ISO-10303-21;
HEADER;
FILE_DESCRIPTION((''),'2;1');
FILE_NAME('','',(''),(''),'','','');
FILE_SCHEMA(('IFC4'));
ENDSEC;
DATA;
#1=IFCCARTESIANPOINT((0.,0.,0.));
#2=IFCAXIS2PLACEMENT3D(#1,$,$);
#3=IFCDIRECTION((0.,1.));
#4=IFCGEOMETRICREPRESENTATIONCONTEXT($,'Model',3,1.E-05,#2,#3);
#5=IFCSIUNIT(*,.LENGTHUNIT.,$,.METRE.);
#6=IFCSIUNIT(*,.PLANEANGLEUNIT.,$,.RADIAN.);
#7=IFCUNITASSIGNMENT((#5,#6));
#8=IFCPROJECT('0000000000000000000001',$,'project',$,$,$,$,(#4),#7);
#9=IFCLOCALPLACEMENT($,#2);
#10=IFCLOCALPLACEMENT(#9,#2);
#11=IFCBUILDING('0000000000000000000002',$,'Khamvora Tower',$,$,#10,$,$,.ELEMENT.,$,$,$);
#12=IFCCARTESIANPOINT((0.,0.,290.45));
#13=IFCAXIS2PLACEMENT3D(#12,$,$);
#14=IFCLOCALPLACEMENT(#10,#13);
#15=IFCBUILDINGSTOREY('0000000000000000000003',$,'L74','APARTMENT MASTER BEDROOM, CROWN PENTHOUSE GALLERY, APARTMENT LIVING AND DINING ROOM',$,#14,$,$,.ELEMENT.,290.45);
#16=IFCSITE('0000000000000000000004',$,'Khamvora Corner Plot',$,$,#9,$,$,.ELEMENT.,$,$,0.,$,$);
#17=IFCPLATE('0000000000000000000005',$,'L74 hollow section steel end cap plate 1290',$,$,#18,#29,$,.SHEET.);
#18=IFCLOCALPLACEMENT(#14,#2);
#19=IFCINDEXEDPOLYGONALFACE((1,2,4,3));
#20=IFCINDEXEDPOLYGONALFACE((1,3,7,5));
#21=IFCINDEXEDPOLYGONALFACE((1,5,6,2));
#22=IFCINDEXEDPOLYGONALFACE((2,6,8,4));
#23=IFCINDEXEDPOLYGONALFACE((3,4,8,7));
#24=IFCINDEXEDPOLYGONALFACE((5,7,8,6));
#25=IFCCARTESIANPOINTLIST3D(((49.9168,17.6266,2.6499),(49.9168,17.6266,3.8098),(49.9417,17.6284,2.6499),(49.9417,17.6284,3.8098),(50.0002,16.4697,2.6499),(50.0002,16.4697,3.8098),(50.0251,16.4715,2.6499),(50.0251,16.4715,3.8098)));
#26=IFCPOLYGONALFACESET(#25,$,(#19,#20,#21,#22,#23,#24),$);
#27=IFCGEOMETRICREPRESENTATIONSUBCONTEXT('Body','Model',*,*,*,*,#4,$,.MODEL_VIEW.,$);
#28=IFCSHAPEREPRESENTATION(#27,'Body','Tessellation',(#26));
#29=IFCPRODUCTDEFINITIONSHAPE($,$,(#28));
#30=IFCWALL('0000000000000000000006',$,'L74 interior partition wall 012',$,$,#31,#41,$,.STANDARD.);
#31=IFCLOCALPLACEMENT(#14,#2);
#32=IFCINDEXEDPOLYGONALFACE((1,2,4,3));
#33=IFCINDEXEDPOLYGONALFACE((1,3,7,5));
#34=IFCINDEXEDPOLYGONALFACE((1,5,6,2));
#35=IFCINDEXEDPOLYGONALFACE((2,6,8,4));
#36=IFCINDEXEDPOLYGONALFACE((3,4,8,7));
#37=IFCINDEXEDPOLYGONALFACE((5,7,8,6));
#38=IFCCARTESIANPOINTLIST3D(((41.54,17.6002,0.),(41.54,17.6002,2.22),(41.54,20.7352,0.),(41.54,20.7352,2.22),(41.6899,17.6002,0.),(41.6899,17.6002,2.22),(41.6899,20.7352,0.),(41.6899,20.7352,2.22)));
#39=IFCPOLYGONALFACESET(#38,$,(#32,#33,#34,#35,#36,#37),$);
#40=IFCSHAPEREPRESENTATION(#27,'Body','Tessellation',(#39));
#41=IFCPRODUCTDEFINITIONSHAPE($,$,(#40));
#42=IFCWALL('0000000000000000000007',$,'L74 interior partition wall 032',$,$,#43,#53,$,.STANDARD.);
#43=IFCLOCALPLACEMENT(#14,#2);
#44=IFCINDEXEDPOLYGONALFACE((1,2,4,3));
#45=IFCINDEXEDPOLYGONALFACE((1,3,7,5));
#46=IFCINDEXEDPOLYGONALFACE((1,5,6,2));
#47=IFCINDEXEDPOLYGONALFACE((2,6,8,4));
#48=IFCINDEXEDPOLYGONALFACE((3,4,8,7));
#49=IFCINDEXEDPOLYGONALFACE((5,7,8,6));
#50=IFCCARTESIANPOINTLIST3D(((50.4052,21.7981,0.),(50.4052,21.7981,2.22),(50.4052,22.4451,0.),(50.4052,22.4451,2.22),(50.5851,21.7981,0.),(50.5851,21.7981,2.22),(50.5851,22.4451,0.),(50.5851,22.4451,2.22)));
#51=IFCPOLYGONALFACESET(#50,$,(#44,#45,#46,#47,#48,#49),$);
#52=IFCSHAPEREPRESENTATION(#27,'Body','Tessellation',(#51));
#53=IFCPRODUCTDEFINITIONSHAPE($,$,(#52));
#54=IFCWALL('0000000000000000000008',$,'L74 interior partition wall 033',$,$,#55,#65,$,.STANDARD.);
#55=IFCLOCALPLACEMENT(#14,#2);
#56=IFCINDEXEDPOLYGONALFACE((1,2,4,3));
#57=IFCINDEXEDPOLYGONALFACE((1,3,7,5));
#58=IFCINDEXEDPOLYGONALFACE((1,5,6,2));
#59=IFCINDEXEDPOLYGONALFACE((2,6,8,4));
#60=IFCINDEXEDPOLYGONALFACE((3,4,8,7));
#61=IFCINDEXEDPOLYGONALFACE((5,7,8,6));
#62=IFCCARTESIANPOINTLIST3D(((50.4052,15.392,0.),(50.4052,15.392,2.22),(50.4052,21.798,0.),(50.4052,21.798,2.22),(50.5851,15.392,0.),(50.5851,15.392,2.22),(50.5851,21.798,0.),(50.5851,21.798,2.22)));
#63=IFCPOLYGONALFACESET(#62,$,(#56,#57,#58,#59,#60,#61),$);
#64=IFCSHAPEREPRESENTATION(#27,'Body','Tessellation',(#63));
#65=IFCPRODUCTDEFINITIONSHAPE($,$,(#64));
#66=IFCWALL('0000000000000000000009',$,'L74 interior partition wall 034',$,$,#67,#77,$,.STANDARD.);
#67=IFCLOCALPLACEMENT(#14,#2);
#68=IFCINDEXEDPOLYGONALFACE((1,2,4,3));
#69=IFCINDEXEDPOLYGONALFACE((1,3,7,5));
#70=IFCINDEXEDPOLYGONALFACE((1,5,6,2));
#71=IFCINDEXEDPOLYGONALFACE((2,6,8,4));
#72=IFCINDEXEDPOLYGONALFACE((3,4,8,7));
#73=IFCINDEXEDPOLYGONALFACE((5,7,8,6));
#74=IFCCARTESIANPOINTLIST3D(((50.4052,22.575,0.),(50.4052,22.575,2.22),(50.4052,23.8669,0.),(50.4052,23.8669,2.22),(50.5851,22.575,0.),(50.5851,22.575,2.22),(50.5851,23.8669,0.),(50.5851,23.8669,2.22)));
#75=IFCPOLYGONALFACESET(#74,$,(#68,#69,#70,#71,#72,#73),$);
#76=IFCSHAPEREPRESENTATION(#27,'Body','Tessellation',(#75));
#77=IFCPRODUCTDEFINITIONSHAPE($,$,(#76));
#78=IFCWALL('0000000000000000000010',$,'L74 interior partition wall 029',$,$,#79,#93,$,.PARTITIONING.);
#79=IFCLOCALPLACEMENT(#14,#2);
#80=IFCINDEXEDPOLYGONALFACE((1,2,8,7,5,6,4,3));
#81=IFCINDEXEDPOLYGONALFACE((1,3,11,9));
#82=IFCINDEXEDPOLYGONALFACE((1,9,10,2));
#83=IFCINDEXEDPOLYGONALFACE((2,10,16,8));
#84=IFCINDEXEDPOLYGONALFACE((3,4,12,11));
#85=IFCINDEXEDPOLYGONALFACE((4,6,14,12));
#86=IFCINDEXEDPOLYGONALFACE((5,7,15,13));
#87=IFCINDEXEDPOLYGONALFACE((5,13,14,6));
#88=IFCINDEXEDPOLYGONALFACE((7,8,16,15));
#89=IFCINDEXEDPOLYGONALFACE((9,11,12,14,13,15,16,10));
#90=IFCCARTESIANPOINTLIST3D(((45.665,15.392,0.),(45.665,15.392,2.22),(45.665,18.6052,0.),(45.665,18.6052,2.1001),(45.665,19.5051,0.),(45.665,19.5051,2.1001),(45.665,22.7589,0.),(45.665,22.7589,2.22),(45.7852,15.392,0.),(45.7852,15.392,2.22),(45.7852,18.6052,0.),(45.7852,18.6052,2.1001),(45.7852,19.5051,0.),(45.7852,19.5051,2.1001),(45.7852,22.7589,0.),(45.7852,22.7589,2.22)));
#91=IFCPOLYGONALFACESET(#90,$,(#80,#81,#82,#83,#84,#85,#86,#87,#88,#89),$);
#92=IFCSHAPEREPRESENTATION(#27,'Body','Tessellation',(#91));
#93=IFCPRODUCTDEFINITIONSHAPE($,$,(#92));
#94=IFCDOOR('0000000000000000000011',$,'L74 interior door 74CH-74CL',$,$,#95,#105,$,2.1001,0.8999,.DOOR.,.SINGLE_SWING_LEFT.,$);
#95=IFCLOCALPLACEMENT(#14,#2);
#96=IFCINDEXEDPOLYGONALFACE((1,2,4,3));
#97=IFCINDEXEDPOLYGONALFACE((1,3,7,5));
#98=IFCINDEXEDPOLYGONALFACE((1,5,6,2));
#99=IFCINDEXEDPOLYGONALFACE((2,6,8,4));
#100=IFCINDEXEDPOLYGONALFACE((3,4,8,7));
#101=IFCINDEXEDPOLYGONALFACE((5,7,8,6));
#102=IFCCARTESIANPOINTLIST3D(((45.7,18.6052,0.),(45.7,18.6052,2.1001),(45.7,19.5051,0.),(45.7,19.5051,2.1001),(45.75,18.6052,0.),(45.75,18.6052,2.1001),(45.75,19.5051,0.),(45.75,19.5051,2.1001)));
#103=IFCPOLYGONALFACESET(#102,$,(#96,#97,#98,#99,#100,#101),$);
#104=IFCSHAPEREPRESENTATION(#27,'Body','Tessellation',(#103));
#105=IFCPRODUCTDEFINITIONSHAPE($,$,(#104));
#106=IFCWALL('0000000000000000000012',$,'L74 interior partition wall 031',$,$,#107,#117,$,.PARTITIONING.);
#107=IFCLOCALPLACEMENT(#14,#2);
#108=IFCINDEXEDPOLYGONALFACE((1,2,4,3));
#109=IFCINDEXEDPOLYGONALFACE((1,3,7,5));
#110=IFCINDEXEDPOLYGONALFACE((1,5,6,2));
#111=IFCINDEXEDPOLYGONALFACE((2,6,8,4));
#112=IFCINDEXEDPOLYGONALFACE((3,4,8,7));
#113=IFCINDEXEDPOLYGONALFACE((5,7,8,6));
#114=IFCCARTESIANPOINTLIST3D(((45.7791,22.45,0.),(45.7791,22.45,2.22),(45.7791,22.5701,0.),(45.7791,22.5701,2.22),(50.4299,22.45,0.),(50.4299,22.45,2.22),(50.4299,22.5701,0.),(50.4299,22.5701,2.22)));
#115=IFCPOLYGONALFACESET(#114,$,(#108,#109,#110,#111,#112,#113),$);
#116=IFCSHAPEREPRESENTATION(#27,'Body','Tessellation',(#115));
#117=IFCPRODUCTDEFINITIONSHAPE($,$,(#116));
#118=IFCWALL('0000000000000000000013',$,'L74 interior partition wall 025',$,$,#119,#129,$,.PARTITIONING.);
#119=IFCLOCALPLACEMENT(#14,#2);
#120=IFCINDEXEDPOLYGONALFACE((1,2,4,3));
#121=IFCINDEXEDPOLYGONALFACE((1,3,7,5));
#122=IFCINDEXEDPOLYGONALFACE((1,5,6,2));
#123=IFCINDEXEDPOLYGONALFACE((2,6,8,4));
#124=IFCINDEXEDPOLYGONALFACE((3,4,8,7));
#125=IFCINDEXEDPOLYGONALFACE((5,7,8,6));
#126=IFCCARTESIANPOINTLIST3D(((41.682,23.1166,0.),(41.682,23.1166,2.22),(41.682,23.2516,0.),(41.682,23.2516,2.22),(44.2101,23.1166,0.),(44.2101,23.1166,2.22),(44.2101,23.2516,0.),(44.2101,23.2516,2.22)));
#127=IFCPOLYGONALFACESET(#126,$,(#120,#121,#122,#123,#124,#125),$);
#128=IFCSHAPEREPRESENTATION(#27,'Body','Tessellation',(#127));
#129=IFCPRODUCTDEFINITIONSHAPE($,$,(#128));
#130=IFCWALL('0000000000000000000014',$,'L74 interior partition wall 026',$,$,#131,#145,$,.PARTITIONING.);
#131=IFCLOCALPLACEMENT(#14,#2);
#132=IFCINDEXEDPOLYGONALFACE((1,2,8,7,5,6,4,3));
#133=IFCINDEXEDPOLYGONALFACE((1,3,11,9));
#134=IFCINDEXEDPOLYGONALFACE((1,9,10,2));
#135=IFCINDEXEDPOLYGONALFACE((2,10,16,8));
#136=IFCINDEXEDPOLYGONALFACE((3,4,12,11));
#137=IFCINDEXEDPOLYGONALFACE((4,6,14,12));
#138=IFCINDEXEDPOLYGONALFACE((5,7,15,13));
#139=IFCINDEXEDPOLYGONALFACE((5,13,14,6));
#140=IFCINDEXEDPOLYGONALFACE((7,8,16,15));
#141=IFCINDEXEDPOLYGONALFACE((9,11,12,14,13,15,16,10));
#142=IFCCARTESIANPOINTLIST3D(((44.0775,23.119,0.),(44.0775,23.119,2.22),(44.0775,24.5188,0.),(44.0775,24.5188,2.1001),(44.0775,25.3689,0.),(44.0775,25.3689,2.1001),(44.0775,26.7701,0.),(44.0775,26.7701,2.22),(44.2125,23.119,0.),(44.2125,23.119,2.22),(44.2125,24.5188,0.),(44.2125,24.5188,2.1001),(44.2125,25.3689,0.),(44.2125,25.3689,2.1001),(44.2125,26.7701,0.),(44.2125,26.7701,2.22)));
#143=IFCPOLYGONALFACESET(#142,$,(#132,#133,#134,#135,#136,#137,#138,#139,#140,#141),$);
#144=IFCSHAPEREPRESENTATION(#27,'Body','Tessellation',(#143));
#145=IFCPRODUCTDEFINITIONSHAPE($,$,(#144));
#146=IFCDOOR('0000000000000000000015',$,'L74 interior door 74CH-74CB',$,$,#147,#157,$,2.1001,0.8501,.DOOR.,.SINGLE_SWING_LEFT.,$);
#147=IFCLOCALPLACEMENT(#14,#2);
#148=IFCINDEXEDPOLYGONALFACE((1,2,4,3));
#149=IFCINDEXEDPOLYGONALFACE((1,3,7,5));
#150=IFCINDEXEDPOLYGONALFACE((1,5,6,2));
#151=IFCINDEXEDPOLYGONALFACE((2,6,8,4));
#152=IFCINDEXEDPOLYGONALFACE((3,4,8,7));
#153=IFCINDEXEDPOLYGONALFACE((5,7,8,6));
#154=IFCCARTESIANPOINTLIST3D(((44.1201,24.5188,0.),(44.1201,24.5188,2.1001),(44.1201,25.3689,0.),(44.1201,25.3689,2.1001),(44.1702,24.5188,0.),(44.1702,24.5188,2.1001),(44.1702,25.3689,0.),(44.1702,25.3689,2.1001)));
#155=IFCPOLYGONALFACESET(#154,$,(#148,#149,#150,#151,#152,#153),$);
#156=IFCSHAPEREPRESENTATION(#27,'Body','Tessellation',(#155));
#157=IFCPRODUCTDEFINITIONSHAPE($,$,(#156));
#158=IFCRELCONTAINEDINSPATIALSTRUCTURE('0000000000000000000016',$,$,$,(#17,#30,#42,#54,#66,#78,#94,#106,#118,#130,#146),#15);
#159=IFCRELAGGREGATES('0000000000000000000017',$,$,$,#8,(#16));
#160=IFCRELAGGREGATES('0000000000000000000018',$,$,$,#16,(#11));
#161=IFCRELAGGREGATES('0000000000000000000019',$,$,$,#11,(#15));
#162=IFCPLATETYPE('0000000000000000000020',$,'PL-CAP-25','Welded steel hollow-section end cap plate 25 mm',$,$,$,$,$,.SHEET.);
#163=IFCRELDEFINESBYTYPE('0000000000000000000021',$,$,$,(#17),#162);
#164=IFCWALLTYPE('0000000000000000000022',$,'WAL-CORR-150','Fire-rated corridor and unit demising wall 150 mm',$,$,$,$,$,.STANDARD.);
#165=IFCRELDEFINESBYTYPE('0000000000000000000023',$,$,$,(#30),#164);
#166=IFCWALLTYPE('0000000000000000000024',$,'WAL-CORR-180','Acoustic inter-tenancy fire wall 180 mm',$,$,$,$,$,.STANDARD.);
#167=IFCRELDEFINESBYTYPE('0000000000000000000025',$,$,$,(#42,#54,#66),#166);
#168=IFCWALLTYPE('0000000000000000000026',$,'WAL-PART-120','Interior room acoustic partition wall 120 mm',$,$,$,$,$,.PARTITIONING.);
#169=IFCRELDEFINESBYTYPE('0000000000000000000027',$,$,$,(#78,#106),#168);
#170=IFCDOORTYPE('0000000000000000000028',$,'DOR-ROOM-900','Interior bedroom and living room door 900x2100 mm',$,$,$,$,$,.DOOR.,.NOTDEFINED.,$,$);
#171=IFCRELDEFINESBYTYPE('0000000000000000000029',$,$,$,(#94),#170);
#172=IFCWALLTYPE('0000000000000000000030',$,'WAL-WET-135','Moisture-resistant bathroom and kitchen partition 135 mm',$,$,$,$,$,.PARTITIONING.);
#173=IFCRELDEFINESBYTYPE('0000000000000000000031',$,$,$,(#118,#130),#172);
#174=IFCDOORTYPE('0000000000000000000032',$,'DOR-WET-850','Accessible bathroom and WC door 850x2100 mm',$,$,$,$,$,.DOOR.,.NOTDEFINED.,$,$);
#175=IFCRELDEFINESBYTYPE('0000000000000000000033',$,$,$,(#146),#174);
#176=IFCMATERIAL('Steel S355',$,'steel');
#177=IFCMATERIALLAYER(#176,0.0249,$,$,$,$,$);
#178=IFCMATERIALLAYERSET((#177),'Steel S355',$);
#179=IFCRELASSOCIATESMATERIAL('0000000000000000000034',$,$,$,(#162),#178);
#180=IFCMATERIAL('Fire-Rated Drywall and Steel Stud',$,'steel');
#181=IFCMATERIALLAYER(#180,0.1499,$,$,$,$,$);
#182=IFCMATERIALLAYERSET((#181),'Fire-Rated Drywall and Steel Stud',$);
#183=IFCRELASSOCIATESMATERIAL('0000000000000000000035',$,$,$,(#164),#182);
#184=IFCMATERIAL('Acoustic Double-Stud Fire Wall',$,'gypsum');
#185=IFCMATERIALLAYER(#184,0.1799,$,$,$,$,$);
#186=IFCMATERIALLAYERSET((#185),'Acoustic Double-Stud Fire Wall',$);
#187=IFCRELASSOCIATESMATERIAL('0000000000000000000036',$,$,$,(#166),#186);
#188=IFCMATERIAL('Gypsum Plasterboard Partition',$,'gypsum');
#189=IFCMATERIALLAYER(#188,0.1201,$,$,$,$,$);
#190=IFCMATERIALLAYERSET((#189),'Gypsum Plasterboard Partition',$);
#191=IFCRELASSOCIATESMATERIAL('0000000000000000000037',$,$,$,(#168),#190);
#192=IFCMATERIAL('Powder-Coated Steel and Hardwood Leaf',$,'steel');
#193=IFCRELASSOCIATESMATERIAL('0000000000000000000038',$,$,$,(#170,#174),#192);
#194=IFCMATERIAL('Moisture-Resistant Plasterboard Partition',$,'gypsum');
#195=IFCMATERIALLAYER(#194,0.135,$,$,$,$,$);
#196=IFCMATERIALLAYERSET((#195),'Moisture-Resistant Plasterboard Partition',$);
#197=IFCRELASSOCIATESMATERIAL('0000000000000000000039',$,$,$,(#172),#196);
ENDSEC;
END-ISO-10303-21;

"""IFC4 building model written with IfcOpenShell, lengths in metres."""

from ifc_helpers import new_model, si_unit, direction, frame, frame_2d, origin, origin_2d, place, context, subcontext, project, spatial, rectangle, extrude, material, layer, layer_set, type_object, element, fill, save


model = new_model("IFC4")

# Units and contexts
model_context = context("Model", 3, precision=1e-05, world=origin(), true_north=direction((0.0, 1.0)))
body_context = subcontext(model_context, "Body", "Model", "MODEL_VIEW")
ifc_project = project(units=[si_unit("LENGTHUNIT", "METRE"), si_unit("PLANEANGLEUNIT", "RADIAN")], contexts=[model_context])

# Site, building, storey
site_placement = place(None, origin())
site = spatial("IfcSite", under=ifc_project, at=site_placement, Name="Khamvora Corner Plot", CompositionType="ELEMENT", RefElevation=0.0)
building_placement = place(site_placement, origin())
building = spatial("IfcBuilding", under=site, at=building_placement, Name="Khamvora Tower", CompositionType="ELEMENT")
storey_placement = place(building_placement, frame((0.0, 0.0, 290.45)))
storey = spatial("IfcBuildingStorey", under=building, at=storey_placement, Name="L74", Description="APARTMENT MASTER BEDROOM, CROWN PENTHOUSE GALLERY, APARTMENT LIVING AND DINING ROOM", CompositionType="ELEMENT", Elevation=290.45)

# Shared definitions
ifc_material_1 = material(Name="Steel S355", Category="steel")

# Plate
ifc_layer_1 = layer(ifc_material_1, 0.0249)
ifc_layer_set_1 = layer_set([ifc_layer_1], Name="Steel S355")
plate_type = type_object("IfcPlateType", Name="PL-CAP-25", Description="Welded steel hollow-section end cap plate 25 mm", PredefinedType="SHEET", material=ifc_layer_set_1)
for number, where, z_axis, x_axis, name in (
    (1, (49.9709, 17.0491, 2.6499), (0.0, 0.0, 1.0), (0.997412, 0.071898, 0.0), "L74 hollow section steel end cap plate 1290"),
):
    element("IfcPlate", number, at=place(storey_placement, frame(where, z_axis=z_axis, x_axis=x_axis)), inside=storey, type_object=plate_type, Name=name, PredefinedType="SHEET", context=body_context, shape_type="SweptSolid", body=[
        extrude(rectangle(XDim=0.0249, YDim=1.1599, at=origin_2d()), origin(), (0.0, 0.0, 1.0), 1.1599),
    ])

# Shared definitions
ifc_material_2 = material(Name="Fire-Rated Drywall and Steel Stud", Category="steel")
ifc_layer_2 = layer(ifc_material_2, 0.1499)
ifc_layer_set_2 = layer_set([ifc_layer_2], Name="Fire-Rated Drywall and Steel Stud")
wall_type_1 = type_object("IfcWallType", Name="WAL-CORR-150", Description="Fire-rated corridor and unit demising wall 150 mm", PredefinedType="STANDARD", material=ifc_layer_set_2)
ifc_material_3 = material(Name="Powder-Coated Steel and Hardwood Leaf", Category="steel")

# Walls
wall_1_placement = place(storey_placement, frame((41.615, 20.7351, 0.0), z_axis=(0.0, 0.0, 1.0), x_axis=(0.0, -1.0, 0.0)))
element("IfcWall", 2, at=wall_1_placement, inside=storey, type_object=wall_type_1, Name="L74 interior partition wall 012", PredefinedType="STANDARD", context=body_context, shape_type="SweptSolid", body=[
    extrude(rectangle(XDim=3.135, YDim=0.1499, at=frame_2d((1.5674, 0.0))), origin(), (0.0, 0.0, 1.0), 2.22),
])
ifc_material_4 = material(Name="Acoustic Double-Stud Fire Wall", Category="gypsum")
ifc_layer_3 = layer(ifc_material_4, 0.1799)
ifc_layer_set_3 = layer_set([ifc_layer_3], Name="Acoustic Double-Stud Fire Wall")
wall_type_2 = type_object("IfcWallType", Name="WAL-CORR-180", Description="Acoustic inter-tenancy fire wall 180 mm", PredefinedType="STANDARD", material=ifc_layer_set_3)
wall_2_placement = place(storey_placement, frame((50.4951, 22.4451, 0.0), z_axis=(0.0, 0.0, 1.0), x_axis=(0.0, -1.0, 0.0)))
element("IfcWall", 3, at=wall_2_placement, inside=storey, type_object=wall_type_2, Name="L74 interior partition wall 032", PredefinedType="STANDARD", context=body_context, shape_type="SweptSolid", body=[
    extrude(rectangle(XDim=0.647, YDim=0.1799, at=frame_2d((0.3235, 0.0))), origin(), (0.0, 0.0, 1.0), 2.22),
])
wall_3_placement = place(storey_placement, frame((50.4951, 21.7981, 0.0), z_axis=(0.0, 0.0, 1.0), x_axis=(0.0, -1.0, 0.0)))
element("IfcWall", 4, at=wall_3_placement, inside=storey, type_object=wall_type_2, Name="L74 interior partition wall 033", PredefinedType="STANDARD", context=body_context, shape_type="SweptSolid", body=[
    extrude(rectangle(XDim=6.406, YDim=0.1799, at=frame_2d((3.2031, 0.0))), origin(), (0.0, 0.0, 1.0), 2.22),
])
wall_4_placement = place(storey_placement, frame((50.4951, 23.8669, 0.0), z_axis=(0.0, 0.0, 1.0), x_axis=(0.0, -1.0, 0.0)))
element("IfcWall", 5, at=wall_4_placement, inside=storey, type_object=wall_type_2, Name="L74 interior partition wall 034", PredefinedType="STANDARD", context=body_context, shape_type="SweptSolid", body=[
    extrude(rectangle(XDim=1.292, YDim=0.1799, at=frame_2d((0.646, 0.0))), origin(), (0.0, 0.0, 1.0), 2.22),
])

# Wall, opening, door
ifc_material_5 = material(Name="Gypsum Plasterboard Partition", Category="gypsum")
ifc_layer_4 = layer(ifc_material_5, 0.1201)
ifc_layer_set_4 = layer_set([ifc_layer_4], Name="Gypsum Plasterboard Partition")
wall_type_3 = type_object("IfcWallType", Name="WAL-PART-120", Description="Interior room acoustic partition wall 120 mm", PredefinedType="PARTITIONING", material=ifc_layer_set_4)
wall_5_placement = place(storey_placement, frame((45.7251, 22.759, 0.0), z_axis=(0.0, 0.0, 1.0), x_axis=(0.0, -1.0, 0.0)))
wall_5 = element("IfcWall", 6, at=wall_5_placement, inside=storey, type_object=wall_type_3, Name="L74 interior partition wall 029", PredefinedType="PARTITIONING", context=body_context, shape_type="SweptSolid", body=[
    extrude(rectangle(XDim=7.3669, YDim=0.1201, at=frame_2d((3.6836, 0.0))), origin(), (0.0, 0.0, 1.0), 2.22),
])
opening_1_placement = place(wall_5_placement, frame((3.2539, 0.0, 0.0)))
opening_1 = element("IfcOpeningElement", 7, at=opening_1_placement, cuts=wall_5, PredefinedType="OPENING", context=body_context, shape_type="SweptSolid", body=[
    extrude(rectangle(XDim=0.8999, YDim=2.1001, at=frame_2d((0.45, 1.05))), frame((0.0, 0.0701, 0.0), z_axis=(0.0, -1.0, 0.0), x_axis=(1.0, 0.0, 0.0)), (0.0, 0.0, 1.0), 0.1401),
])
door_type_1 = type_object("IfcDoorType", Name="DOR-ROOM-900", Description="Interior bedroom and living room door 900x2100 mm", OperationType="NOTDEFINED", PredefinedType="DOOR", material=ifc_material_3)
door_1_placement = place(opening_1_placement, origin())
door_1 = element("IfcDoor", 8, at=door_1_placement, inside=storey, type_object=door_type_1, Name="L74 interior door 74CH-74CL", OperationType="SINGLE_SWING_LEFT", OverallHeight=2.1001, OverallWidth=0.8999, PredefinedType="DOOR", context=body_context, shape_type="SweptSolid", body=[
    extrude(rectangle(XDim=0.8999, YDim=2.1001, at=frame_2d((0.45, 1.05))), frame((0.0, 0.0249, 0.0), z_axis=(0.0, -1.0, 0.0), x_axis=(1.0, 0.0, 0.0)), (0.0, 0.0, 1.0), 0.05),
])
fill(opening_1, door_1)

# Walls
wall_6_placement = place(storey_placement, frame((45.7791, 22.51, 0.0), z_axis=(0.0, 0.0, 1.0), x_axis=(1.0, 0.0, 0.0)))
element("IfcWall", 9, at=wall_6_placement, inside=storey, type_object=wall_type_3, Name="L74 interior partition wall 031", PredefinedType="PARTITIONING", context=body_context, shape_type="SweptSolid", body=[
    extrude(rectangle(XDim=4.6509, YDim=0.1201, at=frame_2d((2.3254, 0.0))), origin(), (0.0, 0.0, 1.0), 2.22),
])
ifc_material_6 = material(Name="Moisture-Resistant Plasterboard Partition", Category="gypsum")
ifc_layer_5 = layer(ifc_material_6, 0.135)
ifc_layer_set_5 = layer_set([ifc_layer_5], Name="Moisture-Resistant Plasterboard Partition")
wall_type_4 = type_object("IfcWallType", Name="WAL-WET-135", Description="Moisture-resistant bathroom and kitchen partition 135 mm", PredefinedType="PARTITIONING", material=ifc_layer_set_5)
wall_7_placement = place(storey_placement, frame((41.6819, 23.1841, 0.0), z_axis=(0.0, 0.0, 1.0), x_axis=(1.0, 0.0, 0.0)))
element("IfcWall", 10, at=wall_7_placement, inside=storey, type_object=wall_type_4, Name="L74 interior partition wall 025", PredefinedType="PARTITIONING", context=body_context, shape_type="SweptSolid", body=[
    extrude(rectangle(XDim=2.5281, YDim=0.135, at=frame_2d((1.2642, 0.0))), origin(), (0.0, 0.0, 1.0), 2.22),
])

# Wall, opening, door
wall_8_placement = place(storey_placement, frame((44.145, 23.1189, 0.0), z_axis=(0.0, 0.0, 1.0), x_axis=(0.0, 1.0, 0.0)))
wall_8 = element("IfcWall", 11, at=wall_8_placement, inside=storey, type_object=wall_type_4, Name="L74 interior partition wall 026", PredefinedType="PARTITIONING", context=body_context, shape_type="SweptSolid", body=[
    extrude(rectangle(XDim=3.6511, YDim=0.135, at=frame_2d((1.8257, 0.0))), origin(), (0.0, 0.0, 1.0), 2.22),
])
opening_2_placement = place(wall_8_placement, frame((1.3999, 0.0, 0.0)))
opening_2 = element("IfcOpeningElement", 12, at=opening_2_placement, cuts=wall_8, PredefinedType="OPENING", context=body_context, shape_type="SweptSolid", body=[
    extrude(rectangle(XDim=0.8501, YDim=2.1001, at=frame_2d((0.425, 1.05))), frame((0.0, 0.0774, 0.0), z_axis=(0.0, -1.0, 0.0), x_axis=(1.0, 0.0, 0.0)), (0.0, 0.0, 1.0), 0.155),
])
door_type_2 = type_object("IfcDoorType", Name="DOR-WET-850", Description="Accessible bathroom and WC door 850x2100 mm", OperationType="NOTDEFINED", PredefinedType="DOOR", material=ifc_material_3)
door_2_placement = place(opening_2_placement, origin())
door_2 = element("IfcDoor", 13, at=door_2_placement, inside=storey, type_object=door_type_2, Name="L74 interior door 74CH-74CB", OperationType="SINGLE_SWING_LEFT", OverallHeight=2.1001, OverallWidth=0.8501, PredefinedType="DOOR", context=body_context, shape_type="SweptSolid", body=[
    extrude(rectangle(XDim=0.8501, YDim=2.1001, at=frame_2d((0.425, 1.05))), frame((0.0, 0.0249, 0.0), z_axis=(0.0, -1.0, 0.0), x_axis=(1.0, 0.0, 0.0)), (0.0, 0.0, 1.0), 0.05),
])
fill(opening_2, door_2)

save(model, "model.ifc")
